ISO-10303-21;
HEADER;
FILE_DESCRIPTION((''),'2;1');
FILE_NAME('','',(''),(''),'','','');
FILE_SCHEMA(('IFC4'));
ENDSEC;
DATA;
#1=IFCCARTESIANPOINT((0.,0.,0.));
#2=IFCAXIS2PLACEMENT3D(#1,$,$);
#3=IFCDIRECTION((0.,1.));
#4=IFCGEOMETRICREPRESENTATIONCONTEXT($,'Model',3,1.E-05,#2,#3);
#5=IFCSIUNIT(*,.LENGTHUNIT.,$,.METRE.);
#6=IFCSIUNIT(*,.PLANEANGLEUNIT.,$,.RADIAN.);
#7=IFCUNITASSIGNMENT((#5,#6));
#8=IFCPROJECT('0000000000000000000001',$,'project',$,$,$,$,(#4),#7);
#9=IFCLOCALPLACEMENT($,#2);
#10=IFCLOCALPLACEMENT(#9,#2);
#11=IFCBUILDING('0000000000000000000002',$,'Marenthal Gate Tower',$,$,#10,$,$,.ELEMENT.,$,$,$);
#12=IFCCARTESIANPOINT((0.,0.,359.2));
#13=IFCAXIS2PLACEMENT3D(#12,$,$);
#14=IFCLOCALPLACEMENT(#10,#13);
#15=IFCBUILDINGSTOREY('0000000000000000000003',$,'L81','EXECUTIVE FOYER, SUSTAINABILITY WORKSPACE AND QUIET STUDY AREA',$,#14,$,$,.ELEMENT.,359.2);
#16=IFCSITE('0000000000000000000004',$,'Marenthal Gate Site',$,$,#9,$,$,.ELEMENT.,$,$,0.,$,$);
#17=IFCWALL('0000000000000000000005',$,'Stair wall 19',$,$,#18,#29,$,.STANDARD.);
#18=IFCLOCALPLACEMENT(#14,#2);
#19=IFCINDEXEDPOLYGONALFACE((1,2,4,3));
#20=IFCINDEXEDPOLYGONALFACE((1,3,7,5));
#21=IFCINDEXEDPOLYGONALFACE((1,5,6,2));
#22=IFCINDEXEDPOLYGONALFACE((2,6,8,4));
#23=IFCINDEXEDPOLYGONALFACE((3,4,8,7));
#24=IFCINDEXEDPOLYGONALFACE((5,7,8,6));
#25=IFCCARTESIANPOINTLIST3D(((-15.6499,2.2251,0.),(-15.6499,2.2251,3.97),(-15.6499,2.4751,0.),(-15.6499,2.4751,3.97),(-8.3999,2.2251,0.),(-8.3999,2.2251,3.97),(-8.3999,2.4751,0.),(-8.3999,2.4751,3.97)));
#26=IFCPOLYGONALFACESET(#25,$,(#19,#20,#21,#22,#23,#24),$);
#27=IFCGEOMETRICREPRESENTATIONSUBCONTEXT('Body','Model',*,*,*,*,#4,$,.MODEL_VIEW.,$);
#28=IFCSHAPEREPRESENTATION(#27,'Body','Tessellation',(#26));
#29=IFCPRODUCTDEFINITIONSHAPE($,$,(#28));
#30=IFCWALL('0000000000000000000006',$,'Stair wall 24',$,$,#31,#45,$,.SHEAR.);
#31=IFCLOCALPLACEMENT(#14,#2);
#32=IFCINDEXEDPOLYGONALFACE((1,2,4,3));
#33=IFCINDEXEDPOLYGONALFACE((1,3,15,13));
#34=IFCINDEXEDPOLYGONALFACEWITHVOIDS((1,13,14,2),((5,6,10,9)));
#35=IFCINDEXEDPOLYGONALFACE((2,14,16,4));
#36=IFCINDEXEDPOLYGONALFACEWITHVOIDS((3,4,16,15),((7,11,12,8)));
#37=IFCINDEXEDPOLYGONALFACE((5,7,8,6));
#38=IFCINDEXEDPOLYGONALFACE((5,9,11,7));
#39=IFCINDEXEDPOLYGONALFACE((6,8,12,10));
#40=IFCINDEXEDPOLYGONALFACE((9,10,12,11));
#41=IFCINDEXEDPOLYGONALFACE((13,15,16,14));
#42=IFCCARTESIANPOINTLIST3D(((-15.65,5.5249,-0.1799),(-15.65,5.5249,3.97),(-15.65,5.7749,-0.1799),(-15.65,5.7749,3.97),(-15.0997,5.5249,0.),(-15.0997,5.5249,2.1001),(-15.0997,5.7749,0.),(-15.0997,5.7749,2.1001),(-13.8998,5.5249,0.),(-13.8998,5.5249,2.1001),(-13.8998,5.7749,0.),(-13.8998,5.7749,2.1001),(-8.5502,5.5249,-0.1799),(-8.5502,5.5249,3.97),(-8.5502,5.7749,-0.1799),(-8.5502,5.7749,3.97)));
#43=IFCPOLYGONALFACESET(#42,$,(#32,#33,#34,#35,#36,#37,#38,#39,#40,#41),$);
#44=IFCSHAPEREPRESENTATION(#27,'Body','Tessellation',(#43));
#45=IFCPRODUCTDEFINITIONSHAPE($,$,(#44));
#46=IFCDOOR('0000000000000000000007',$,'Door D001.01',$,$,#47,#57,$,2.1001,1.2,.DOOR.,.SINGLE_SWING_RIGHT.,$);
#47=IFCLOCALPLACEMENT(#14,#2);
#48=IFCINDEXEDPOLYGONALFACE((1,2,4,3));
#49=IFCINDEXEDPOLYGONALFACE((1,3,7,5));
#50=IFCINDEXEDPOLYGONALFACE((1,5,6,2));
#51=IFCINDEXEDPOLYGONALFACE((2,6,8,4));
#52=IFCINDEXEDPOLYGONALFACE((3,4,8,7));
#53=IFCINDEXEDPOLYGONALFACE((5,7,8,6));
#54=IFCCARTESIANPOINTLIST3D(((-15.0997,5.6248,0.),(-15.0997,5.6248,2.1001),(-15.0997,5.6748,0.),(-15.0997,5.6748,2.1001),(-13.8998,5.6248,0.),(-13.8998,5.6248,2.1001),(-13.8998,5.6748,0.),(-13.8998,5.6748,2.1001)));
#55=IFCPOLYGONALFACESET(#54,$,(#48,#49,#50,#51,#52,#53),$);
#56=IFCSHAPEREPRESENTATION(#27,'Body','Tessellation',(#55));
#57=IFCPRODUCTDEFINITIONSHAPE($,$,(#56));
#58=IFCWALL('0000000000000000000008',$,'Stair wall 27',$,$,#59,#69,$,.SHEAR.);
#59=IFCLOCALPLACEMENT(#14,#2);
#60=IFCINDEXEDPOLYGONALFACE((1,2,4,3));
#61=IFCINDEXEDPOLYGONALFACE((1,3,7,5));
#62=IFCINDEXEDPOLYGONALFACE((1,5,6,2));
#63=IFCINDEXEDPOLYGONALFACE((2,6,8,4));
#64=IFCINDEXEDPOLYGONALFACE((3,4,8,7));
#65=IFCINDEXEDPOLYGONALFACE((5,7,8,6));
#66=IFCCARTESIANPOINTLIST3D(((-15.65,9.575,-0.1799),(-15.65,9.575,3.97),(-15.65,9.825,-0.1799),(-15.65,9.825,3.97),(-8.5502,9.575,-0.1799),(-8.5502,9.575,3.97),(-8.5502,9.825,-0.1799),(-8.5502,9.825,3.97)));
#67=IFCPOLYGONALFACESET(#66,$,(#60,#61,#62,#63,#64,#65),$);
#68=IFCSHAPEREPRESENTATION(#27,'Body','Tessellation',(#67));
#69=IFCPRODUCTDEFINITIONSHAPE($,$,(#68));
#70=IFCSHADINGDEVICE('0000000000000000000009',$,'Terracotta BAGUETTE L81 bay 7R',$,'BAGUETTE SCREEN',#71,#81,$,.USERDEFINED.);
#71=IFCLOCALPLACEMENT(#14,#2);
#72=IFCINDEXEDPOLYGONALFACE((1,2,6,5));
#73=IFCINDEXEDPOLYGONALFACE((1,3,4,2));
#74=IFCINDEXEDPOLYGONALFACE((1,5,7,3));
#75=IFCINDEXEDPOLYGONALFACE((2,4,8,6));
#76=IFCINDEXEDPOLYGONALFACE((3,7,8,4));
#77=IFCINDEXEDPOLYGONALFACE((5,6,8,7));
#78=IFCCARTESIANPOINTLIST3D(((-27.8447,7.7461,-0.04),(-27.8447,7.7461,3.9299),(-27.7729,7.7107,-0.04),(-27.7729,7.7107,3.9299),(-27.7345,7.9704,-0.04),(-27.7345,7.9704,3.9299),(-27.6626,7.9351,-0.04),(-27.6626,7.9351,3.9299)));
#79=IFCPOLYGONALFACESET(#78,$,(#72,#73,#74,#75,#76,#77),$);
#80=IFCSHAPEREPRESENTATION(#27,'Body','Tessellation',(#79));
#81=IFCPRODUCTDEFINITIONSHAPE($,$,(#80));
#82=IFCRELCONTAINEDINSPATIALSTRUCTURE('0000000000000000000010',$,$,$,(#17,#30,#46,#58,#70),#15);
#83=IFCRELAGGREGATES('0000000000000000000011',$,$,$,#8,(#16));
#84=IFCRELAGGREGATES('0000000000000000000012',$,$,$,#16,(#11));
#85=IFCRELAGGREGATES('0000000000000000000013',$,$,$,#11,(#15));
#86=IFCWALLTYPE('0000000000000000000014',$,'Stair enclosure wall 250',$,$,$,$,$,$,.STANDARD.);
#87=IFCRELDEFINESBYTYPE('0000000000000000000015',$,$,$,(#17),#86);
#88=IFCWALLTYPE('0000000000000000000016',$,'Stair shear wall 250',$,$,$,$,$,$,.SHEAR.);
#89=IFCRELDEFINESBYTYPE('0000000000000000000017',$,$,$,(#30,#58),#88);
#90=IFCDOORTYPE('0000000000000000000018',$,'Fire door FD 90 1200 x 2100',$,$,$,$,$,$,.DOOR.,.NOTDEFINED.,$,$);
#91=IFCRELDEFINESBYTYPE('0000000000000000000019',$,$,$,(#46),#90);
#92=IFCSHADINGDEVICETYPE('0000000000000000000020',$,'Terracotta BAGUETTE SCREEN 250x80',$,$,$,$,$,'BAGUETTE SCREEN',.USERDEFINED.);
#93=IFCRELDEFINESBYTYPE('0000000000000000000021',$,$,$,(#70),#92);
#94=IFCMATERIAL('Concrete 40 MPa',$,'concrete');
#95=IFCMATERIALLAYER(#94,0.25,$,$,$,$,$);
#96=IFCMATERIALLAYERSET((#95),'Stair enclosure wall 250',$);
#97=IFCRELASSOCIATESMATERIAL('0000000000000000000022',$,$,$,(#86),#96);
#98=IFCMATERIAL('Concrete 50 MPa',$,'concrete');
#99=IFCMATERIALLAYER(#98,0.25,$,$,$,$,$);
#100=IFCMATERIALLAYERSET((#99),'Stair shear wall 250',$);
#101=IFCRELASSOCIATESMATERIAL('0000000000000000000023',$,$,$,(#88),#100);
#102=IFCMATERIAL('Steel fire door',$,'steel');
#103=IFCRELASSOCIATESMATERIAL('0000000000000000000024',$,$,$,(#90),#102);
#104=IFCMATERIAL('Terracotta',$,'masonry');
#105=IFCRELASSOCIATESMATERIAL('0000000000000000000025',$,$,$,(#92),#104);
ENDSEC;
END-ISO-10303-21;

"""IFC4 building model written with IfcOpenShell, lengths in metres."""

from ifc_helpers import new_model, si_unit, direction, frame, frame_2d, origin, origin_2d, place, context, subcontext, project, spatial, rectangle, extrude, material, layer, layer_set, material_profile, profile_set, type_object, element, fill, save


model = new_model("IFC4")

# Units and contexts
model_context = context("Model", 3, precision=1e-05, world=origin(), true_north=direction((0.0, 1.0)))
body_context = subcontext(model_context, "Body", "Model", "MODEL_VIEW")
ifc_project = project(units=[si_unit("LENGTHUNIT", "METRE"), si_unit("PLANEANGLEUNIT", "RADIAN")], contexts=[model_context])

# Site, building, storey
site_placement = place(None, origin())
site = spatial("IfcSite", under=ifc_project, at=site_placement, Name="Marenthal Gate Site", CompositionType="ELEMENT", RefElevation=0.0)
building_placement = place(site_placement, origin())
building = spatial("IfcBuilding", under=site, at=building_placement, Name="Marenthal Gate Tower", CompositionType="ELEMENT")
storey_placement = place(building_placement, frame((0.0, 0.0, 359.2)))
storey = spatial("IfcBuildingStorey", under=building, at=storey_placement, Name="L81", Description="EXECUTIVE FOYER, SUSTAINABILITY WORKSPACE AND QUIET STUDY AREA", CompositionType="ELEMENT", Elevation=359.2)

# Wall
ifc_material_1 = material(Name="Concrete 40 MPa", Category="concrete")
ifc_layer_1 = layer(ifc_material_1, 0.25)
ifc_layer_set_1 = layer_set([ifc_layer_1], Name="Stair enclosure wall 250")
wall_type_1 = type_object("IfcWallType", Name="Stair enclosure wall 250", PredefinedType="STANDARD", material=ifc_layer_set_1)
wall_1_placement = place(storey_placement, frame((-15.6499, 2.3501, 0.0), z_axis=(0.0, 0.0, 1.0), x_axis=(1.0, 0.0, 0.0)))
element("IfcWall", 1, at=wall_1_placement, inside=storey, type_object=wall_type_1, Name="Stair wall 19", PredefinedType="STANDARD", context=body_context, shape_type="SweptSolid", body=[
    extrude(rectangle(XDim=7.25, YDim=0.25, at=frame_2d((3.625, 0.0))), origin(), (0.0, 0.0, 1.0), 3.97),
])

# Wall, opening, door
ifc_material_2 = material(Name="Concrete 50 MPa", Category="concrete")
ifc_layer_2 = layer(ifc_material_2, 0.25)
ifc_layer_set_2 = layer_set([ifc_layer_2], Name="Stair shear wall 250")
wall_type_2 = type_object("IfcWallType", Name="Stair shear wall 250", PredefinedType="SHEAR", material=ifc_layer_set_2)
wall_2_placement = place(storey_placement, frame((-15.6499, 5.6499, -0.1799), z_axis=(0.0, 0.0, 1.0), x_axis=(1.0, 0.0, 0.0)))
wall_2 = element("IfcWall", 2, at=wall_2_placement, inside=storey, type_object=wall_type_2, Name="Stair wall 24", PredefinedType="SHEAR", context=body_context, shape_type="SweptSolid", body=[
    extrude(rectangle(XDim=7.0999, YDim=0.25, at=frame_2d((3.5498, 0.0))), origin(), (0.0, 0.0, 1.0), 4.1499),
])
opening_placement = place(wall_2_placement, frame((0.55, 0.0, 0.1799)))
opening = element("IfcOpeningElement", 3, at=opening_placement, cuts=wall_2, PredefinedType="OPENING", context=body_context, shape_type="SweptSolid", body=[
    extrude(rectangle(XDim=1.2, YDim=2.1001, at=frame_2d((0.6001, 1.05))), frame((0.0, 0.135, 0.0), z_axis=(0.0, -1.0, 0.0), x_axis=(1.0, 0.0, 0.0)), (0.0, 0.0, 1.0), 0.27),
])
ifc_material_3 = material(Name="Steel fire door", Category="steel")
door_type = type_object("IfcDoorType", Name="Fire door FD 90 1200 x 2100", OperationType="NOTDEFINED", PredefinedType="DOOR", material=ifc_material_3)
door_placement = place(opening_placement, origin())
door = element("IfcDoor", 4, at=door_placement, inside=storey, type_object=door_type, Name="Door D001.01", OperationType="SINGLE_SWING_RIGHT", OverallHeight=2.1001, OverallWidth=1.2, PredefinedType="DOOR", context=body_context, shape_type="SweptSolid", body=[
    extrude(rectangle(XDim=1.2, YDim=2.1001, at=frame_2d((0.6001, 1.05))), frame((0.0, 0.0249, 0.0), z_axis=(0.0, -1.0, 0.0), x_axis=(1.0, 0.0, 0.0)), (0.0, 0.0, 1.0), 0.05),
])
fill(opening, door)

# Wall
wall_3_placement = place(storey_placement, frame((-15.6499, 9.7, -0.1799), z_axis=(0.0, 0.0, 1.0), x_axis=(1.0, 0.0, 0.0)))
element("IfcWall", 5, at=wall_3_placement, inside=storey, type_object=wall_type_2, Name="Stair wall 27", PredefinedType="SHEAR", context=body_context, shape_type="SweptSolid", body=[
    extrude(rectangle(XDim=7.0999, YDim=0.25, at=frame_2d((3.5498, 0.0))), origin(), (0.0, 0.0, 1.0), 4.1499),
])

# Shading device
ifc_material_4 = material(Name="Terracotta", Category="masonry")
ifc_material_profile_1 = material_profile(ifc_material_4, rectangle(XDim=0.25, YDim=0.0801, at=origin_2d()), Name="Terracotta baguette 250x80")
ifc_profile_set_1 = profile_set([ifc_material_profile_1], Name="Terracotta")
shading_device_type = type_object("IfcShadingDeviceType", Name="Terracotta BAGUETTE SCREEN 250x80", ElementType="BAGUETTE SCREEN", PredefinedType="USERDEFINED", material=ifc_profile_set_1)
shading_device_placement = place(storey_placement, frame((-27.7537, 7.8406, -0.04), z_axis=(0.0, 0.0, 1.0), x_axis=(-0.441063, -0.897476, 0.0)))
element("IfcShadingDevice", 6, at=shading_device_placement, inside=storey, type_object=shading_device_type, Name="Terracotta BAGUETTE L81 bay 7R", ObjectType="BAGUETTE SCREEN", PredefinedType="USERDEFINED", context=body_context, shape_type="SweptSolid", body=[
    extrude(rectangle(XDim=0.25, YDim=0.0801, at=origin_2d()), origin(), (0.0, 0.0, 1.0), 3.97),
])

save(model, "model.ifc")
